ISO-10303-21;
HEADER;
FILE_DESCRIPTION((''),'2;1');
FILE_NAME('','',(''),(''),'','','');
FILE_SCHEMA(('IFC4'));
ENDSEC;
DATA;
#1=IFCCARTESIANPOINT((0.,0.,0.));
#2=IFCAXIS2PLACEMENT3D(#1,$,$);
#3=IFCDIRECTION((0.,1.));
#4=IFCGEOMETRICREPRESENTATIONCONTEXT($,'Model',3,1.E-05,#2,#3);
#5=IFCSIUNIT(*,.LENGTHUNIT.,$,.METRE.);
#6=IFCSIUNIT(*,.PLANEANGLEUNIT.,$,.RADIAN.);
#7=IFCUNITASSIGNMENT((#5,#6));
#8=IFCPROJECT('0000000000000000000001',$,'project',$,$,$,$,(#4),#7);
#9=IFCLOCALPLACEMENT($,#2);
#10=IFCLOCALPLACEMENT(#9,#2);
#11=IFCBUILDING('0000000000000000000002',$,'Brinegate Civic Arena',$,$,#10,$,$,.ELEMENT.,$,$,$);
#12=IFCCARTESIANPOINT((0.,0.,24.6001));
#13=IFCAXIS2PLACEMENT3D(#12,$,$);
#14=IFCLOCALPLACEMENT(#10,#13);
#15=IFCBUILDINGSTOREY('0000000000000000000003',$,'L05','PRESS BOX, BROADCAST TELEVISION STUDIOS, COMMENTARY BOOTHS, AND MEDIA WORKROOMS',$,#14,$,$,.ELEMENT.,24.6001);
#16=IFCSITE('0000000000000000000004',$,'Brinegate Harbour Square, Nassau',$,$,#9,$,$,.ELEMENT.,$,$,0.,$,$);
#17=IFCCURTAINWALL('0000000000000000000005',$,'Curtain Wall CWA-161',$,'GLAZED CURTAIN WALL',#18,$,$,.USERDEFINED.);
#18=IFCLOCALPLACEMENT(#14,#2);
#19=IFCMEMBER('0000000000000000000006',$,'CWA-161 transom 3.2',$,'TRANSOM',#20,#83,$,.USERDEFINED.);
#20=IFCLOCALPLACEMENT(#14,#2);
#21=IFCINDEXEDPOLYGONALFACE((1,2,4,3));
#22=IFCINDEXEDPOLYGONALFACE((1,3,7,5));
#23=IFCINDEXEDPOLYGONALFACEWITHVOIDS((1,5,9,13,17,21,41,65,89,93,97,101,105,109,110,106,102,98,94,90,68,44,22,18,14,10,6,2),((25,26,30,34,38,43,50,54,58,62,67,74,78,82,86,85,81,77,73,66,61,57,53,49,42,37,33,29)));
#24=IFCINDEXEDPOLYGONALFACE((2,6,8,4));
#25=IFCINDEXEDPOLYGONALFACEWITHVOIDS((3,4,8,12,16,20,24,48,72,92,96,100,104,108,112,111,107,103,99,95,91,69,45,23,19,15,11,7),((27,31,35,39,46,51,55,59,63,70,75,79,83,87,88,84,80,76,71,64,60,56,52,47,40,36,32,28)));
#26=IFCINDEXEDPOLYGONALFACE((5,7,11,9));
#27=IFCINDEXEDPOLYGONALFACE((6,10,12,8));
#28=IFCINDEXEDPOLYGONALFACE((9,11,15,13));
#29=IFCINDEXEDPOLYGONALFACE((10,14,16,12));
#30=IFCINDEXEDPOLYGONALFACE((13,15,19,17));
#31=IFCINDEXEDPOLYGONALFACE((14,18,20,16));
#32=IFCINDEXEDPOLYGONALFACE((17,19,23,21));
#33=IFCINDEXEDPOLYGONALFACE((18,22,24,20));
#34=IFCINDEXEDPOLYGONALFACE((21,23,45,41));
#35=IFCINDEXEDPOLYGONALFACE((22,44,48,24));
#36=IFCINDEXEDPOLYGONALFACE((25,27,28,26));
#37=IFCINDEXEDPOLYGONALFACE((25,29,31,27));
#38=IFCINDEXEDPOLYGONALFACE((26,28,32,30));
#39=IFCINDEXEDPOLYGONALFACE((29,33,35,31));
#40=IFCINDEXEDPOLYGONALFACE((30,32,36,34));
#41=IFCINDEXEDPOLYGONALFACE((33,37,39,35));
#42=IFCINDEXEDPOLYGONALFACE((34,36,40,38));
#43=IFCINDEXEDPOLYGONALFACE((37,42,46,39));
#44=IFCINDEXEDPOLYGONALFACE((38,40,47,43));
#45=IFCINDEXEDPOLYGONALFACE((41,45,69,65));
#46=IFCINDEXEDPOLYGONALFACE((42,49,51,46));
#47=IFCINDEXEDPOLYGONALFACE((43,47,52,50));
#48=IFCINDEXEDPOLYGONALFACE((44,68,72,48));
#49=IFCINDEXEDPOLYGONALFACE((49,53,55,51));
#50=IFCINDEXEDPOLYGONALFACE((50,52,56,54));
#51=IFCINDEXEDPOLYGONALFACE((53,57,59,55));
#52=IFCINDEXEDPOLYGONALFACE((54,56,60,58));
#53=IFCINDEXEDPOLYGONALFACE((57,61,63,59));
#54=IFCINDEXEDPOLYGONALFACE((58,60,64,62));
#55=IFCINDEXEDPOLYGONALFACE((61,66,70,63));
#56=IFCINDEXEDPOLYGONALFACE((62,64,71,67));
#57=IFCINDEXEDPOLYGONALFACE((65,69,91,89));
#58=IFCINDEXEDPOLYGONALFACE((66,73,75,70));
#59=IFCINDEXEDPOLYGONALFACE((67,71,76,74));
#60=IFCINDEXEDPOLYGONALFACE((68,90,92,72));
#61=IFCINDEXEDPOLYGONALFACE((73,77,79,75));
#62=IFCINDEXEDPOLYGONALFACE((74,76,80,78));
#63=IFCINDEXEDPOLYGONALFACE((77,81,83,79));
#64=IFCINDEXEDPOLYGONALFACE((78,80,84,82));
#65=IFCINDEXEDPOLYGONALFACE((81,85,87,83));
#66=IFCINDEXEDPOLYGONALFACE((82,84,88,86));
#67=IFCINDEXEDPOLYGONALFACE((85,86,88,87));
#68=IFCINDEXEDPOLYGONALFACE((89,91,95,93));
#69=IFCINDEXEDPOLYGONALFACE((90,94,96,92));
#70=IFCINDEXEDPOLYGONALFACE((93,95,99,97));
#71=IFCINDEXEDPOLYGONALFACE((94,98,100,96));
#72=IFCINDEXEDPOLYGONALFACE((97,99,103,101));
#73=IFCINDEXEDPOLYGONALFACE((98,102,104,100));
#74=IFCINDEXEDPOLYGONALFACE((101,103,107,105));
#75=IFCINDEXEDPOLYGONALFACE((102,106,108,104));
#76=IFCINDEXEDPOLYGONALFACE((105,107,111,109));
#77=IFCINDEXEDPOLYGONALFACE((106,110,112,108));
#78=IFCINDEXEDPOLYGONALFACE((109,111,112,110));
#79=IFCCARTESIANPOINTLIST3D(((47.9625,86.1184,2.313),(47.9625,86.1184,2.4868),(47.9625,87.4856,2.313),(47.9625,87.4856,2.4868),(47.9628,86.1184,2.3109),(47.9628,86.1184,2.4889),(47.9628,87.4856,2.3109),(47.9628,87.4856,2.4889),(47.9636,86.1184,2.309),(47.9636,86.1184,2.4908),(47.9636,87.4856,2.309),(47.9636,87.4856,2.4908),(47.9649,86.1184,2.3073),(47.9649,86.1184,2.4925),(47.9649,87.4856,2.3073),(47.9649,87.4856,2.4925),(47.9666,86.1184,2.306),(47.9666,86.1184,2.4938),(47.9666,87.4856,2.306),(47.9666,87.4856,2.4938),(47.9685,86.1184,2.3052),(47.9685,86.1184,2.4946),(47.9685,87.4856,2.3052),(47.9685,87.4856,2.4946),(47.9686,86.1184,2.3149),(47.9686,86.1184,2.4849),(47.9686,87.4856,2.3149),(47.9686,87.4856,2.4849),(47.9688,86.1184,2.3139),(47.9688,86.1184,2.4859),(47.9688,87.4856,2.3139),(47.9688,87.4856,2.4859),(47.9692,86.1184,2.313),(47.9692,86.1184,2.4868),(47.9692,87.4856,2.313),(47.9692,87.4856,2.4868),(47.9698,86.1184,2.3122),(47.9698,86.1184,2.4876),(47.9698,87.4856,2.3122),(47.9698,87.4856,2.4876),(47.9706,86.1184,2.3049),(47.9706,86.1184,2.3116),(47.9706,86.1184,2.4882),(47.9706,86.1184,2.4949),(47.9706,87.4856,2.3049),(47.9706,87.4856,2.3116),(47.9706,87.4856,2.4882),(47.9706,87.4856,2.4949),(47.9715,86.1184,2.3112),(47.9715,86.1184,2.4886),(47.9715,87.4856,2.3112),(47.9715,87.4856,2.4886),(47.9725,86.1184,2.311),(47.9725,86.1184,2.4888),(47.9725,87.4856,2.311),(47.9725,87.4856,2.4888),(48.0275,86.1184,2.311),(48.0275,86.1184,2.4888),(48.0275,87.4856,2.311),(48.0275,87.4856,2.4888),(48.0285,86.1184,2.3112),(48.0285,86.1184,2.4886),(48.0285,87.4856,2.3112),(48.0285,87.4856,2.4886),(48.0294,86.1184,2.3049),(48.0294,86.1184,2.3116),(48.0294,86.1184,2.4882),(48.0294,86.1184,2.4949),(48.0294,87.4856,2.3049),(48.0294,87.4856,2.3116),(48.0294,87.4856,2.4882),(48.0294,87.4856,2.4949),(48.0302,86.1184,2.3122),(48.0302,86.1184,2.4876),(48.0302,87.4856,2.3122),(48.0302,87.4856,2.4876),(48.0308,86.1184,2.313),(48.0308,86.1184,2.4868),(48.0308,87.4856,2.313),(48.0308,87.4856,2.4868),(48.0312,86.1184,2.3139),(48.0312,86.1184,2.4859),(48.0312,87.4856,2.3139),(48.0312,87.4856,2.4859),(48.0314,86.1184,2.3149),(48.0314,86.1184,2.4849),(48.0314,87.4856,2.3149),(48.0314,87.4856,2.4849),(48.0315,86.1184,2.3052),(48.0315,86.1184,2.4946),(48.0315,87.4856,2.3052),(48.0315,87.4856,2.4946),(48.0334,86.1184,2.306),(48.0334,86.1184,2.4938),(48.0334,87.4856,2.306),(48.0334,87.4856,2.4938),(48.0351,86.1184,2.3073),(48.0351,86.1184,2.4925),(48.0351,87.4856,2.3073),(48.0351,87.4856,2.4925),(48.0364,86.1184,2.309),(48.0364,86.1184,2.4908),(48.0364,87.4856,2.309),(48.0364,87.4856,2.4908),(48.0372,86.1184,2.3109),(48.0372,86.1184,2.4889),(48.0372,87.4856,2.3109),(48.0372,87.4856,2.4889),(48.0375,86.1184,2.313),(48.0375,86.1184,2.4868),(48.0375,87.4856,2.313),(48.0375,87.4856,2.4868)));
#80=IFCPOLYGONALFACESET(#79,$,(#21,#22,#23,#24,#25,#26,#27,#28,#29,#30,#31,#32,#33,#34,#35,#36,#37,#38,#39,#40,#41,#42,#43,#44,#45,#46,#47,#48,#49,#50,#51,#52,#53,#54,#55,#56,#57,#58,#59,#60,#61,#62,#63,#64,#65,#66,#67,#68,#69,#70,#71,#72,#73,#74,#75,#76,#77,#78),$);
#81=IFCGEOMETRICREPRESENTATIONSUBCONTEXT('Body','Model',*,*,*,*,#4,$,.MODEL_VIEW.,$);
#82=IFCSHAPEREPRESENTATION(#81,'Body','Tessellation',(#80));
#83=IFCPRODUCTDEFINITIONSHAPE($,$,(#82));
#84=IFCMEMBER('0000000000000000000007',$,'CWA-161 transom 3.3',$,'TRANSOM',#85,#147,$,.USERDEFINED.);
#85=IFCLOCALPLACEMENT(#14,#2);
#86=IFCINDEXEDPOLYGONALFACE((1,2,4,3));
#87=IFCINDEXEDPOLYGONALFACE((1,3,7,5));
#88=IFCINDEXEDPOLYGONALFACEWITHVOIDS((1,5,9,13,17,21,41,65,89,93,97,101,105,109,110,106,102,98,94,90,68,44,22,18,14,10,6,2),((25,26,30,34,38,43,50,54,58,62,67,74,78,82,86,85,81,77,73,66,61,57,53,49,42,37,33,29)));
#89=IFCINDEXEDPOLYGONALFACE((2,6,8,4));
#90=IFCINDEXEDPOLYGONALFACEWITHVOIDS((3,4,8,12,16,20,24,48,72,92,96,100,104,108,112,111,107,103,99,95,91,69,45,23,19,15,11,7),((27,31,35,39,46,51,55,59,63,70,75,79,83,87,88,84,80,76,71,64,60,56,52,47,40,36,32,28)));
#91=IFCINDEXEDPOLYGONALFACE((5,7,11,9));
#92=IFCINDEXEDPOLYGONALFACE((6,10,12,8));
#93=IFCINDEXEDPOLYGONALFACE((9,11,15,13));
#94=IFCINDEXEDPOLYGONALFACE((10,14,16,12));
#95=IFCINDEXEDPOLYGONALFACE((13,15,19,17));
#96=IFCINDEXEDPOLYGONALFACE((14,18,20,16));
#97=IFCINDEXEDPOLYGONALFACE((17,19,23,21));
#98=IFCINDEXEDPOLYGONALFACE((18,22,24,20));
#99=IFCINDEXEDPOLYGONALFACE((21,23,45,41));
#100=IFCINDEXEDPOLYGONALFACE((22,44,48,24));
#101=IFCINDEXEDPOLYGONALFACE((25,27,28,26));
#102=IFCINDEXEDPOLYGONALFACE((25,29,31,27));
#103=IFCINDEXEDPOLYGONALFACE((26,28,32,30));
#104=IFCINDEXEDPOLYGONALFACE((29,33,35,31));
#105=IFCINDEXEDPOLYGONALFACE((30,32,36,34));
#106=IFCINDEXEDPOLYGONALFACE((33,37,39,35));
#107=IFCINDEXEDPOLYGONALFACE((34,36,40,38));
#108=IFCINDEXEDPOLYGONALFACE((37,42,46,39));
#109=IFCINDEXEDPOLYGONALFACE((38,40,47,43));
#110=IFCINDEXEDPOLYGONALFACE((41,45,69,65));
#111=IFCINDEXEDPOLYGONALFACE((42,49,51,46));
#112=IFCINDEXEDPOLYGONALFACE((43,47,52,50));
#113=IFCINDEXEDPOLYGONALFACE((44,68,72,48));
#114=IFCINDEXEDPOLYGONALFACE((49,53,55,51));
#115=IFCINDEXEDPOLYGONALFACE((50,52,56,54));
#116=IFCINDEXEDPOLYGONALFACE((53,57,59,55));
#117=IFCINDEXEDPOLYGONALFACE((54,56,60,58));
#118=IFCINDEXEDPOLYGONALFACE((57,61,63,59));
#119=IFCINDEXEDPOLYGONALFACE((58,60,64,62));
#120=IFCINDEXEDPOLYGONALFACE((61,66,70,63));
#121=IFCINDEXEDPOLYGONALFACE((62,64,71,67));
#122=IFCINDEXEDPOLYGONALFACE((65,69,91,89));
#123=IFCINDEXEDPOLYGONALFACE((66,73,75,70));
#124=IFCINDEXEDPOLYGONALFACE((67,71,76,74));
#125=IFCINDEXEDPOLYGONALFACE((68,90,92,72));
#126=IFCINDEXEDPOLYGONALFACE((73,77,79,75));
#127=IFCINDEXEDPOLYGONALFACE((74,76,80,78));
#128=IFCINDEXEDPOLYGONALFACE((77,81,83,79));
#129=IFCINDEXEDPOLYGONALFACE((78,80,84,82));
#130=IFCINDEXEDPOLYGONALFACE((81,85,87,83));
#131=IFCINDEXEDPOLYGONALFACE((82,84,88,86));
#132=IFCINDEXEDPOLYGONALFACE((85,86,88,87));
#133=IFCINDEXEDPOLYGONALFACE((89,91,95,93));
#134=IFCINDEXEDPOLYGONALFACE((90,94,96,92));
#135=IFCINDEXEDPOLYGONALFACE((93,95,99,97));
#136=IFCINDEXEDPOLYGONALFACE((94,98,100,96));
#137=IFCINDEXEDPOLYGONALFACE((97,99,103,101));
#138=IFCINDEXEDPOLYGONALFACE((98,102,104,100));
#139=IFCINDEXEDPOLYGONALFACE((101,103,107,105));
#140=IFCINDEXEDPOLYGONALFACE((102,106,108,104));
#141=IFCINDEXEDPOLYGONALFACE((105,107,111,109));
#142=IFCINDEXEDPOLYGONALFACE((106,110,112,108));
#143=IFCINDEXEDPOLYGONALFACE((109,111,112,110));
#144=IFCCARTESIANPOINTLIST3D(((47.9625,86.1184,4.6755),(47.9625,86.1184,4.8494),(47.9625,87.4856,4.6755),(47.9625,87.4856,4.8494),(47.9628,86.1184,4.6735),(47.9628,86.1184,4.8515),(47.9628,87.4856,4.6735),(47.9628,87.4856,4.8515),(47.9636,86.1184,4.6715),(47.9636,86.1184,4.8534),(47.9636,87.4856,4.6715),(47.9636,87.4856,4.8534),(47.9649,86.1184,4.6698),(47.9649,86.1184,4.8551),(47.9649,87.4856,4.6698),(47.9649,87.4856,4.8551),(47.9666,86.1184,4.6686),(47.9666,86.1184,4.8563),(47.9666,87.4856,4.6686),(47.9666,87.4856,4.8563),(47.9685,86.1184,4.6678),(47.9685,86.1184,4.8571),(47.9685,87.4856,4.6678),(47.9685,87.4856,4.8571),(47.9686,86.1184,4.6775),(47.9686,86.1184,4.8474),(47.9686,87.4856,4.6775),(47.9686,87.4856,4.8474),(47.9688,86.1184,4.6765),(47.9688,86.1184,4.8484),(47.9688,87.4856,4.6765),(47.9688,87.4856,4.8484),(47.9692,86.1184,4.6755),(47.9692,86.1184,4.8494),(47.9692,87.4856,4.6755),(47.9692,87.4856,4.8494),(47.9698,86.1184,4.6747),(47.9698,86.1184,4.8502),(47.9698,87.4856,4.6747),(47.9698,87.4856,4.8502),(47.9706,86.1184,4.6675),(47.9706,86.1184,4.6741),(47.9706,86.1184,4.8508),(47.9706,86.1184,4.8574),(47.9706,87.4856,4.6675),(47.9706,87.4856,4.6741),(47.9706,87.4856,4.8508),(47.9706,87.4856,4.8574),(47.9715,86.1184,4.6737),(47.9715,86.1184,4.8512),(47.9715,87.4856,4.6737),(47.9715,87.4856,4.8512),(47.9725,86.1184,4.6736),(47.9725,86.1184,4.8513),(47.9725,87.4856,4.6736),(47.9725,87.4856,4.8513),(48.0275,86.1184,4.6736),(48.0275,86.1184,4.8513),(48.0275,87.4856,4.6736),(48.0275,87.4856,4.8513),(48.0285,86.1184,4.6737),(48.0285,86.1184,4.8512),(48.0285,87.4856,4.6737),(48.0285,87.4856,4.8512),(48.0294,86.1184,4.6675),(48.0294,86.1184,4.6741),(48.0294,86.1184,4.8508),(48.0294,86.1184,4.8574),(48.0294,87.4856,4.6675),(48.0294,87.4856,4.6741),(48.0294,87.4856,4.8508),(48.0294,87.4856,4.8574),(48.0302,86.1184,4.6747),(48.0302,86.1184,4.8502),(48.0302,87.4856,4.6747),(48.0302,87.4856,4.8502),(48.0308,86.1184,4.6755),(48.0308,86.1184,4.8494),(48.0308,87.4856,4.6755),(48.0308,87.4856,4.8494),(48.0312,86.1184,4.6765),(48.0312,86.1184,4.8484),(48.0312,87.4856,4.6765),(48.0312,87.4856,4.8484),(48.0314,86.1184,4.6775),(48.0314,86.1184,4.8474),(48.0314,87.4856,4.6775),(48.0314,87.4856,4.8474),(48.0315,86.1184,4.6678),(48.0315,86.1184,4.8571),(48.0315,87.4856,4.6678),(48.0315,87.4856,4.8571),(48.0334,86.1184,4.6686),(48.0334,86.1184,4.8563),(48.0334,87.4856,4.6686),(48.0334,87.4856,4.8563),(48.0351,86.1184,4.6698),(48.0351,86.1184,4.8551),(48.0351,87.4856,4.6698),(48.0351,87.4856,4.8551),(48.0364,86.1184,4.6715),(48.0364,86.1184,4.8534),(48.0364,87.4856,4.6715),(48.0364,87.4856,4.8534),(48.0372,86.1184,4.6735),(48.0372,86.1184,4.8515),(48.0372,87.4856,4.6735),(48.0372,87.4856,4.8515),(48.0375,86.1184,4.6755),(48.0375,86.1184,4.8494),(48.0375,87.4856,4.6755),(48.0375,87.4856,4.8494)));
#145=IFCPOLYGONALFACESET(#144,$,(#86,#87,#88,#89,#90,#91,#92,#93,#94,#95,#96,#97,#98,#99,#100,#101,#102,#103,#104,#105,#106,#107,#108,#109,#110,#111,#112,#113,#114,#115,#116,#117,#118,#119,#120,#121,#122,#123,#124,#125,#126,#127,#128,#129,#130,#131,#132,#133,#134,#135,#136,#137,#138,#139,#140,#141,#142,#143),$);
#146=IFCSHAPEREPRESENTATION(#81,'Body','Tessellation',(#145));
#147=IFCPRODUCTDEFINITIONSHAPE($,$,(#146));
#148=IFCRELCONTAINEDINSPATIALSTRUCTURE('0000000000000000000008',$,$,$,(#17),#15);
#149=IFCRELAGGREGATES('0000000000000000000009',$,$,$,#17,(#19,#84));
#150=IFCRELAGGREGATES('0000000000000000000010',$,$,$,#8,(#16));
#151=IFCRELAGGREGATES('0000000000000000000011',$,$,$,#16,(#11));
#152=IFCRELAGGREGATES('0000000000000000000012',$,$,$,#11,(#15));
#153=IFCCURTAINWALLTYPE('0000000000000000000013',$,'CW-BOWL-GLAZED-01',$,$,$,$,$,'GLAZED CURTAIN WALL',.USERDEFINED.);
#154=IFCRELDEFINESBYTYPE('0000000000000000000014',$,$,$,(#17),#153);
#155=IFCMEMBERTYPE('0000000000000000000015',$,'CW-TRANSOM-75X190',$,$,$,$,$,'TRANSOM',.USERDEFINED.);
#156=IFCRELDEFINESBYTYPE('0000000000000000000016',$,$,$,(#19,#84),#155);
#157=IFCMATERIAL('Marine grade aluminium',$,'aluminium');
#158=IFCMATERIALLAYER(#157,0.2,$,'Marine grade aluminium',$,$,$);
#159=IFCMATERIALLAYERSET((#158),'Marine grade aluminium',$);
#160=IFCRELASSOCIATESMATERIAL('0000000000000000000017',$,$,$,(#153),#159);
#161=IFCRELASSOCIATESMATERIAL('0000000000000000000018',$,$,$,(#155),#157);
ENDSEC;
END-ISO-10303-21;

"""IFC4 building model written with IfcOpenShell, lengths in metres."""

from ifc_helpers import new_model, si_unit, direction, frame, origin, origin_2d, place, context, subcontext, project, spatial, hollow_rectangle, extrude, material, layer, layer_set, material_profile, profile_set, type_object, element, aggregate, save


model = new_model("IFC4")

# Units and contexts
model_context = context("Model", 3, precision=1e-05, world=origin(), true_north=direction((0.0, 1.0)))
body_context = subcontext(model_context, "Body", "Model", "MODEL_VIEW")
ifc_project = project(units=[si_unit("LENGTHUNIT", "METRE"), si_unit("PLANEANGLEUNIT", "RADIAN")], contexts=[model_context])

# Site, building, storey
site_placement = place(None, origin())
site = spatial("IfcSite", under=ifc_project, at=site_placement, Name="Brinegate Harbour Square, Nassau", CompositionType="ELEMENT", RefElevation=0.0)
building_placement = place(site_placement, origin())
building = spatial("IfcBuilding", under=site, at=building_placement, Name="Brinegate Civic Arena", CompositionType="ELEMENT")
storey_placement = place(building_placement, frame((0.0, 0.0, 24.6001)))
storey = spatial("IfcBuildingStorey", under=building, at=storey_placement, Name="L05", Description="PRESS BOX, BROADCAST TELEVISION STUDIOS, COMMENTARY BOOTHS, AND MEDIA WORKROOMS", CompositionType="ELEMENT", Elevation=24.6001)

# Curtain wall, members
ifc_material_1 = material(Name="Marine grade aluminium", Category="aluminium")
ifc_layer_1 = layer(ifc_material_1, 0.2, Name="Marine grade aluminium")
ifc_layer_set_1 = layer_set([ifc_layer_1], Name="Marine grade aluminium")
curtain_wall_type = type_object("IfcCurtainWallType", Name="CW-BOWL-GLAZED-01", ElementType="GLAZED CURTAIN WALL", PredefinedType="USERDEFINED", material=ifc_layer_set_1)
curtain_wall_placement = place(storey_placement, origin())
curtain_wall = element("IfcCurtainWall", 1, at=curtain_wall_placement, inside=storey, type_object=curtain_wall_type, Name="Curtain Wall CWA-161", ObjectType="GLAZED CURTAIN WALL", PredefinedType="USERDEFINED")
ifc_material_profile_1 = material_profile(ifc_material_1, hollow_rectangle(XDim=0.075, YDim=0.1899, WallThickness=0.0061, InnerFilletRadius=0.0039, OuterFilletRadius=0.0081, at=origin_2d()), Name="TRN75X190")
ifc_profile_set_1 = profile_set([ifc_material_profile_1], Name="Marine grade aluminium")
member_type_1 = type_object("IfcMemberType", Name="CW-TRANSOM-75X190", ElementType="TRANSOM", PredefinedType="USERDEFINED", material=ifc_profile_set_1)
member_1_placement = place(storey_placement, frame((48.0, 86.1184, 2.3999), z_axis=(0.0, 1.0, 0.0), x_axis=(-1.0, 0.0, 0.0)))
member_1 = element("IfcMember", 2, at=member_1_placement, type_object=member_type_1, Name="CWA-161 transom 3.2", ObjectType="TRANSOM", PredefinedType="USERDEFINED", context=body_context, shape_type="SweptSolid", body=[
    extrude(hollow_rectangle(XDim=0.075, YDim=0.1899, WallThickness=0.0061, InnerFilletRadius=0.0039, OuterFilletRadius=0.0081, at=origin_2d()), origin(), (0.0, 0.0, 1.0), 1.3672),
])
member_2_placement = place(storey_placement, frame((48.0, 86.1184, 4.7625), z_axis=(0.0, 1.0, 0.0), x_axis=(-1.0, 0.0, 0.0)))
member_2 = element("IfcMember", 3, at=member_2_placement, type_object=member_type_1, Name="CWA-161 transom 3.3", ObjectType="TRANSOM", PredefinedType="USERDEFINED", context=body_context, shape_type="SweptSolid", body=[
    extrude(hollow_rectangle(XDim=0.075, YDim=0.1899, WallThickness=0.0061, InnerFilletRadius=0.0039, OuterFilletRadius=0.0081, at=origin_2d()), origin(), (0.0, 0.0, 1.0), 1.3672),
])
aggregate(curtain_wall, [member_1, member_2])

save(model, "model.ifc")
